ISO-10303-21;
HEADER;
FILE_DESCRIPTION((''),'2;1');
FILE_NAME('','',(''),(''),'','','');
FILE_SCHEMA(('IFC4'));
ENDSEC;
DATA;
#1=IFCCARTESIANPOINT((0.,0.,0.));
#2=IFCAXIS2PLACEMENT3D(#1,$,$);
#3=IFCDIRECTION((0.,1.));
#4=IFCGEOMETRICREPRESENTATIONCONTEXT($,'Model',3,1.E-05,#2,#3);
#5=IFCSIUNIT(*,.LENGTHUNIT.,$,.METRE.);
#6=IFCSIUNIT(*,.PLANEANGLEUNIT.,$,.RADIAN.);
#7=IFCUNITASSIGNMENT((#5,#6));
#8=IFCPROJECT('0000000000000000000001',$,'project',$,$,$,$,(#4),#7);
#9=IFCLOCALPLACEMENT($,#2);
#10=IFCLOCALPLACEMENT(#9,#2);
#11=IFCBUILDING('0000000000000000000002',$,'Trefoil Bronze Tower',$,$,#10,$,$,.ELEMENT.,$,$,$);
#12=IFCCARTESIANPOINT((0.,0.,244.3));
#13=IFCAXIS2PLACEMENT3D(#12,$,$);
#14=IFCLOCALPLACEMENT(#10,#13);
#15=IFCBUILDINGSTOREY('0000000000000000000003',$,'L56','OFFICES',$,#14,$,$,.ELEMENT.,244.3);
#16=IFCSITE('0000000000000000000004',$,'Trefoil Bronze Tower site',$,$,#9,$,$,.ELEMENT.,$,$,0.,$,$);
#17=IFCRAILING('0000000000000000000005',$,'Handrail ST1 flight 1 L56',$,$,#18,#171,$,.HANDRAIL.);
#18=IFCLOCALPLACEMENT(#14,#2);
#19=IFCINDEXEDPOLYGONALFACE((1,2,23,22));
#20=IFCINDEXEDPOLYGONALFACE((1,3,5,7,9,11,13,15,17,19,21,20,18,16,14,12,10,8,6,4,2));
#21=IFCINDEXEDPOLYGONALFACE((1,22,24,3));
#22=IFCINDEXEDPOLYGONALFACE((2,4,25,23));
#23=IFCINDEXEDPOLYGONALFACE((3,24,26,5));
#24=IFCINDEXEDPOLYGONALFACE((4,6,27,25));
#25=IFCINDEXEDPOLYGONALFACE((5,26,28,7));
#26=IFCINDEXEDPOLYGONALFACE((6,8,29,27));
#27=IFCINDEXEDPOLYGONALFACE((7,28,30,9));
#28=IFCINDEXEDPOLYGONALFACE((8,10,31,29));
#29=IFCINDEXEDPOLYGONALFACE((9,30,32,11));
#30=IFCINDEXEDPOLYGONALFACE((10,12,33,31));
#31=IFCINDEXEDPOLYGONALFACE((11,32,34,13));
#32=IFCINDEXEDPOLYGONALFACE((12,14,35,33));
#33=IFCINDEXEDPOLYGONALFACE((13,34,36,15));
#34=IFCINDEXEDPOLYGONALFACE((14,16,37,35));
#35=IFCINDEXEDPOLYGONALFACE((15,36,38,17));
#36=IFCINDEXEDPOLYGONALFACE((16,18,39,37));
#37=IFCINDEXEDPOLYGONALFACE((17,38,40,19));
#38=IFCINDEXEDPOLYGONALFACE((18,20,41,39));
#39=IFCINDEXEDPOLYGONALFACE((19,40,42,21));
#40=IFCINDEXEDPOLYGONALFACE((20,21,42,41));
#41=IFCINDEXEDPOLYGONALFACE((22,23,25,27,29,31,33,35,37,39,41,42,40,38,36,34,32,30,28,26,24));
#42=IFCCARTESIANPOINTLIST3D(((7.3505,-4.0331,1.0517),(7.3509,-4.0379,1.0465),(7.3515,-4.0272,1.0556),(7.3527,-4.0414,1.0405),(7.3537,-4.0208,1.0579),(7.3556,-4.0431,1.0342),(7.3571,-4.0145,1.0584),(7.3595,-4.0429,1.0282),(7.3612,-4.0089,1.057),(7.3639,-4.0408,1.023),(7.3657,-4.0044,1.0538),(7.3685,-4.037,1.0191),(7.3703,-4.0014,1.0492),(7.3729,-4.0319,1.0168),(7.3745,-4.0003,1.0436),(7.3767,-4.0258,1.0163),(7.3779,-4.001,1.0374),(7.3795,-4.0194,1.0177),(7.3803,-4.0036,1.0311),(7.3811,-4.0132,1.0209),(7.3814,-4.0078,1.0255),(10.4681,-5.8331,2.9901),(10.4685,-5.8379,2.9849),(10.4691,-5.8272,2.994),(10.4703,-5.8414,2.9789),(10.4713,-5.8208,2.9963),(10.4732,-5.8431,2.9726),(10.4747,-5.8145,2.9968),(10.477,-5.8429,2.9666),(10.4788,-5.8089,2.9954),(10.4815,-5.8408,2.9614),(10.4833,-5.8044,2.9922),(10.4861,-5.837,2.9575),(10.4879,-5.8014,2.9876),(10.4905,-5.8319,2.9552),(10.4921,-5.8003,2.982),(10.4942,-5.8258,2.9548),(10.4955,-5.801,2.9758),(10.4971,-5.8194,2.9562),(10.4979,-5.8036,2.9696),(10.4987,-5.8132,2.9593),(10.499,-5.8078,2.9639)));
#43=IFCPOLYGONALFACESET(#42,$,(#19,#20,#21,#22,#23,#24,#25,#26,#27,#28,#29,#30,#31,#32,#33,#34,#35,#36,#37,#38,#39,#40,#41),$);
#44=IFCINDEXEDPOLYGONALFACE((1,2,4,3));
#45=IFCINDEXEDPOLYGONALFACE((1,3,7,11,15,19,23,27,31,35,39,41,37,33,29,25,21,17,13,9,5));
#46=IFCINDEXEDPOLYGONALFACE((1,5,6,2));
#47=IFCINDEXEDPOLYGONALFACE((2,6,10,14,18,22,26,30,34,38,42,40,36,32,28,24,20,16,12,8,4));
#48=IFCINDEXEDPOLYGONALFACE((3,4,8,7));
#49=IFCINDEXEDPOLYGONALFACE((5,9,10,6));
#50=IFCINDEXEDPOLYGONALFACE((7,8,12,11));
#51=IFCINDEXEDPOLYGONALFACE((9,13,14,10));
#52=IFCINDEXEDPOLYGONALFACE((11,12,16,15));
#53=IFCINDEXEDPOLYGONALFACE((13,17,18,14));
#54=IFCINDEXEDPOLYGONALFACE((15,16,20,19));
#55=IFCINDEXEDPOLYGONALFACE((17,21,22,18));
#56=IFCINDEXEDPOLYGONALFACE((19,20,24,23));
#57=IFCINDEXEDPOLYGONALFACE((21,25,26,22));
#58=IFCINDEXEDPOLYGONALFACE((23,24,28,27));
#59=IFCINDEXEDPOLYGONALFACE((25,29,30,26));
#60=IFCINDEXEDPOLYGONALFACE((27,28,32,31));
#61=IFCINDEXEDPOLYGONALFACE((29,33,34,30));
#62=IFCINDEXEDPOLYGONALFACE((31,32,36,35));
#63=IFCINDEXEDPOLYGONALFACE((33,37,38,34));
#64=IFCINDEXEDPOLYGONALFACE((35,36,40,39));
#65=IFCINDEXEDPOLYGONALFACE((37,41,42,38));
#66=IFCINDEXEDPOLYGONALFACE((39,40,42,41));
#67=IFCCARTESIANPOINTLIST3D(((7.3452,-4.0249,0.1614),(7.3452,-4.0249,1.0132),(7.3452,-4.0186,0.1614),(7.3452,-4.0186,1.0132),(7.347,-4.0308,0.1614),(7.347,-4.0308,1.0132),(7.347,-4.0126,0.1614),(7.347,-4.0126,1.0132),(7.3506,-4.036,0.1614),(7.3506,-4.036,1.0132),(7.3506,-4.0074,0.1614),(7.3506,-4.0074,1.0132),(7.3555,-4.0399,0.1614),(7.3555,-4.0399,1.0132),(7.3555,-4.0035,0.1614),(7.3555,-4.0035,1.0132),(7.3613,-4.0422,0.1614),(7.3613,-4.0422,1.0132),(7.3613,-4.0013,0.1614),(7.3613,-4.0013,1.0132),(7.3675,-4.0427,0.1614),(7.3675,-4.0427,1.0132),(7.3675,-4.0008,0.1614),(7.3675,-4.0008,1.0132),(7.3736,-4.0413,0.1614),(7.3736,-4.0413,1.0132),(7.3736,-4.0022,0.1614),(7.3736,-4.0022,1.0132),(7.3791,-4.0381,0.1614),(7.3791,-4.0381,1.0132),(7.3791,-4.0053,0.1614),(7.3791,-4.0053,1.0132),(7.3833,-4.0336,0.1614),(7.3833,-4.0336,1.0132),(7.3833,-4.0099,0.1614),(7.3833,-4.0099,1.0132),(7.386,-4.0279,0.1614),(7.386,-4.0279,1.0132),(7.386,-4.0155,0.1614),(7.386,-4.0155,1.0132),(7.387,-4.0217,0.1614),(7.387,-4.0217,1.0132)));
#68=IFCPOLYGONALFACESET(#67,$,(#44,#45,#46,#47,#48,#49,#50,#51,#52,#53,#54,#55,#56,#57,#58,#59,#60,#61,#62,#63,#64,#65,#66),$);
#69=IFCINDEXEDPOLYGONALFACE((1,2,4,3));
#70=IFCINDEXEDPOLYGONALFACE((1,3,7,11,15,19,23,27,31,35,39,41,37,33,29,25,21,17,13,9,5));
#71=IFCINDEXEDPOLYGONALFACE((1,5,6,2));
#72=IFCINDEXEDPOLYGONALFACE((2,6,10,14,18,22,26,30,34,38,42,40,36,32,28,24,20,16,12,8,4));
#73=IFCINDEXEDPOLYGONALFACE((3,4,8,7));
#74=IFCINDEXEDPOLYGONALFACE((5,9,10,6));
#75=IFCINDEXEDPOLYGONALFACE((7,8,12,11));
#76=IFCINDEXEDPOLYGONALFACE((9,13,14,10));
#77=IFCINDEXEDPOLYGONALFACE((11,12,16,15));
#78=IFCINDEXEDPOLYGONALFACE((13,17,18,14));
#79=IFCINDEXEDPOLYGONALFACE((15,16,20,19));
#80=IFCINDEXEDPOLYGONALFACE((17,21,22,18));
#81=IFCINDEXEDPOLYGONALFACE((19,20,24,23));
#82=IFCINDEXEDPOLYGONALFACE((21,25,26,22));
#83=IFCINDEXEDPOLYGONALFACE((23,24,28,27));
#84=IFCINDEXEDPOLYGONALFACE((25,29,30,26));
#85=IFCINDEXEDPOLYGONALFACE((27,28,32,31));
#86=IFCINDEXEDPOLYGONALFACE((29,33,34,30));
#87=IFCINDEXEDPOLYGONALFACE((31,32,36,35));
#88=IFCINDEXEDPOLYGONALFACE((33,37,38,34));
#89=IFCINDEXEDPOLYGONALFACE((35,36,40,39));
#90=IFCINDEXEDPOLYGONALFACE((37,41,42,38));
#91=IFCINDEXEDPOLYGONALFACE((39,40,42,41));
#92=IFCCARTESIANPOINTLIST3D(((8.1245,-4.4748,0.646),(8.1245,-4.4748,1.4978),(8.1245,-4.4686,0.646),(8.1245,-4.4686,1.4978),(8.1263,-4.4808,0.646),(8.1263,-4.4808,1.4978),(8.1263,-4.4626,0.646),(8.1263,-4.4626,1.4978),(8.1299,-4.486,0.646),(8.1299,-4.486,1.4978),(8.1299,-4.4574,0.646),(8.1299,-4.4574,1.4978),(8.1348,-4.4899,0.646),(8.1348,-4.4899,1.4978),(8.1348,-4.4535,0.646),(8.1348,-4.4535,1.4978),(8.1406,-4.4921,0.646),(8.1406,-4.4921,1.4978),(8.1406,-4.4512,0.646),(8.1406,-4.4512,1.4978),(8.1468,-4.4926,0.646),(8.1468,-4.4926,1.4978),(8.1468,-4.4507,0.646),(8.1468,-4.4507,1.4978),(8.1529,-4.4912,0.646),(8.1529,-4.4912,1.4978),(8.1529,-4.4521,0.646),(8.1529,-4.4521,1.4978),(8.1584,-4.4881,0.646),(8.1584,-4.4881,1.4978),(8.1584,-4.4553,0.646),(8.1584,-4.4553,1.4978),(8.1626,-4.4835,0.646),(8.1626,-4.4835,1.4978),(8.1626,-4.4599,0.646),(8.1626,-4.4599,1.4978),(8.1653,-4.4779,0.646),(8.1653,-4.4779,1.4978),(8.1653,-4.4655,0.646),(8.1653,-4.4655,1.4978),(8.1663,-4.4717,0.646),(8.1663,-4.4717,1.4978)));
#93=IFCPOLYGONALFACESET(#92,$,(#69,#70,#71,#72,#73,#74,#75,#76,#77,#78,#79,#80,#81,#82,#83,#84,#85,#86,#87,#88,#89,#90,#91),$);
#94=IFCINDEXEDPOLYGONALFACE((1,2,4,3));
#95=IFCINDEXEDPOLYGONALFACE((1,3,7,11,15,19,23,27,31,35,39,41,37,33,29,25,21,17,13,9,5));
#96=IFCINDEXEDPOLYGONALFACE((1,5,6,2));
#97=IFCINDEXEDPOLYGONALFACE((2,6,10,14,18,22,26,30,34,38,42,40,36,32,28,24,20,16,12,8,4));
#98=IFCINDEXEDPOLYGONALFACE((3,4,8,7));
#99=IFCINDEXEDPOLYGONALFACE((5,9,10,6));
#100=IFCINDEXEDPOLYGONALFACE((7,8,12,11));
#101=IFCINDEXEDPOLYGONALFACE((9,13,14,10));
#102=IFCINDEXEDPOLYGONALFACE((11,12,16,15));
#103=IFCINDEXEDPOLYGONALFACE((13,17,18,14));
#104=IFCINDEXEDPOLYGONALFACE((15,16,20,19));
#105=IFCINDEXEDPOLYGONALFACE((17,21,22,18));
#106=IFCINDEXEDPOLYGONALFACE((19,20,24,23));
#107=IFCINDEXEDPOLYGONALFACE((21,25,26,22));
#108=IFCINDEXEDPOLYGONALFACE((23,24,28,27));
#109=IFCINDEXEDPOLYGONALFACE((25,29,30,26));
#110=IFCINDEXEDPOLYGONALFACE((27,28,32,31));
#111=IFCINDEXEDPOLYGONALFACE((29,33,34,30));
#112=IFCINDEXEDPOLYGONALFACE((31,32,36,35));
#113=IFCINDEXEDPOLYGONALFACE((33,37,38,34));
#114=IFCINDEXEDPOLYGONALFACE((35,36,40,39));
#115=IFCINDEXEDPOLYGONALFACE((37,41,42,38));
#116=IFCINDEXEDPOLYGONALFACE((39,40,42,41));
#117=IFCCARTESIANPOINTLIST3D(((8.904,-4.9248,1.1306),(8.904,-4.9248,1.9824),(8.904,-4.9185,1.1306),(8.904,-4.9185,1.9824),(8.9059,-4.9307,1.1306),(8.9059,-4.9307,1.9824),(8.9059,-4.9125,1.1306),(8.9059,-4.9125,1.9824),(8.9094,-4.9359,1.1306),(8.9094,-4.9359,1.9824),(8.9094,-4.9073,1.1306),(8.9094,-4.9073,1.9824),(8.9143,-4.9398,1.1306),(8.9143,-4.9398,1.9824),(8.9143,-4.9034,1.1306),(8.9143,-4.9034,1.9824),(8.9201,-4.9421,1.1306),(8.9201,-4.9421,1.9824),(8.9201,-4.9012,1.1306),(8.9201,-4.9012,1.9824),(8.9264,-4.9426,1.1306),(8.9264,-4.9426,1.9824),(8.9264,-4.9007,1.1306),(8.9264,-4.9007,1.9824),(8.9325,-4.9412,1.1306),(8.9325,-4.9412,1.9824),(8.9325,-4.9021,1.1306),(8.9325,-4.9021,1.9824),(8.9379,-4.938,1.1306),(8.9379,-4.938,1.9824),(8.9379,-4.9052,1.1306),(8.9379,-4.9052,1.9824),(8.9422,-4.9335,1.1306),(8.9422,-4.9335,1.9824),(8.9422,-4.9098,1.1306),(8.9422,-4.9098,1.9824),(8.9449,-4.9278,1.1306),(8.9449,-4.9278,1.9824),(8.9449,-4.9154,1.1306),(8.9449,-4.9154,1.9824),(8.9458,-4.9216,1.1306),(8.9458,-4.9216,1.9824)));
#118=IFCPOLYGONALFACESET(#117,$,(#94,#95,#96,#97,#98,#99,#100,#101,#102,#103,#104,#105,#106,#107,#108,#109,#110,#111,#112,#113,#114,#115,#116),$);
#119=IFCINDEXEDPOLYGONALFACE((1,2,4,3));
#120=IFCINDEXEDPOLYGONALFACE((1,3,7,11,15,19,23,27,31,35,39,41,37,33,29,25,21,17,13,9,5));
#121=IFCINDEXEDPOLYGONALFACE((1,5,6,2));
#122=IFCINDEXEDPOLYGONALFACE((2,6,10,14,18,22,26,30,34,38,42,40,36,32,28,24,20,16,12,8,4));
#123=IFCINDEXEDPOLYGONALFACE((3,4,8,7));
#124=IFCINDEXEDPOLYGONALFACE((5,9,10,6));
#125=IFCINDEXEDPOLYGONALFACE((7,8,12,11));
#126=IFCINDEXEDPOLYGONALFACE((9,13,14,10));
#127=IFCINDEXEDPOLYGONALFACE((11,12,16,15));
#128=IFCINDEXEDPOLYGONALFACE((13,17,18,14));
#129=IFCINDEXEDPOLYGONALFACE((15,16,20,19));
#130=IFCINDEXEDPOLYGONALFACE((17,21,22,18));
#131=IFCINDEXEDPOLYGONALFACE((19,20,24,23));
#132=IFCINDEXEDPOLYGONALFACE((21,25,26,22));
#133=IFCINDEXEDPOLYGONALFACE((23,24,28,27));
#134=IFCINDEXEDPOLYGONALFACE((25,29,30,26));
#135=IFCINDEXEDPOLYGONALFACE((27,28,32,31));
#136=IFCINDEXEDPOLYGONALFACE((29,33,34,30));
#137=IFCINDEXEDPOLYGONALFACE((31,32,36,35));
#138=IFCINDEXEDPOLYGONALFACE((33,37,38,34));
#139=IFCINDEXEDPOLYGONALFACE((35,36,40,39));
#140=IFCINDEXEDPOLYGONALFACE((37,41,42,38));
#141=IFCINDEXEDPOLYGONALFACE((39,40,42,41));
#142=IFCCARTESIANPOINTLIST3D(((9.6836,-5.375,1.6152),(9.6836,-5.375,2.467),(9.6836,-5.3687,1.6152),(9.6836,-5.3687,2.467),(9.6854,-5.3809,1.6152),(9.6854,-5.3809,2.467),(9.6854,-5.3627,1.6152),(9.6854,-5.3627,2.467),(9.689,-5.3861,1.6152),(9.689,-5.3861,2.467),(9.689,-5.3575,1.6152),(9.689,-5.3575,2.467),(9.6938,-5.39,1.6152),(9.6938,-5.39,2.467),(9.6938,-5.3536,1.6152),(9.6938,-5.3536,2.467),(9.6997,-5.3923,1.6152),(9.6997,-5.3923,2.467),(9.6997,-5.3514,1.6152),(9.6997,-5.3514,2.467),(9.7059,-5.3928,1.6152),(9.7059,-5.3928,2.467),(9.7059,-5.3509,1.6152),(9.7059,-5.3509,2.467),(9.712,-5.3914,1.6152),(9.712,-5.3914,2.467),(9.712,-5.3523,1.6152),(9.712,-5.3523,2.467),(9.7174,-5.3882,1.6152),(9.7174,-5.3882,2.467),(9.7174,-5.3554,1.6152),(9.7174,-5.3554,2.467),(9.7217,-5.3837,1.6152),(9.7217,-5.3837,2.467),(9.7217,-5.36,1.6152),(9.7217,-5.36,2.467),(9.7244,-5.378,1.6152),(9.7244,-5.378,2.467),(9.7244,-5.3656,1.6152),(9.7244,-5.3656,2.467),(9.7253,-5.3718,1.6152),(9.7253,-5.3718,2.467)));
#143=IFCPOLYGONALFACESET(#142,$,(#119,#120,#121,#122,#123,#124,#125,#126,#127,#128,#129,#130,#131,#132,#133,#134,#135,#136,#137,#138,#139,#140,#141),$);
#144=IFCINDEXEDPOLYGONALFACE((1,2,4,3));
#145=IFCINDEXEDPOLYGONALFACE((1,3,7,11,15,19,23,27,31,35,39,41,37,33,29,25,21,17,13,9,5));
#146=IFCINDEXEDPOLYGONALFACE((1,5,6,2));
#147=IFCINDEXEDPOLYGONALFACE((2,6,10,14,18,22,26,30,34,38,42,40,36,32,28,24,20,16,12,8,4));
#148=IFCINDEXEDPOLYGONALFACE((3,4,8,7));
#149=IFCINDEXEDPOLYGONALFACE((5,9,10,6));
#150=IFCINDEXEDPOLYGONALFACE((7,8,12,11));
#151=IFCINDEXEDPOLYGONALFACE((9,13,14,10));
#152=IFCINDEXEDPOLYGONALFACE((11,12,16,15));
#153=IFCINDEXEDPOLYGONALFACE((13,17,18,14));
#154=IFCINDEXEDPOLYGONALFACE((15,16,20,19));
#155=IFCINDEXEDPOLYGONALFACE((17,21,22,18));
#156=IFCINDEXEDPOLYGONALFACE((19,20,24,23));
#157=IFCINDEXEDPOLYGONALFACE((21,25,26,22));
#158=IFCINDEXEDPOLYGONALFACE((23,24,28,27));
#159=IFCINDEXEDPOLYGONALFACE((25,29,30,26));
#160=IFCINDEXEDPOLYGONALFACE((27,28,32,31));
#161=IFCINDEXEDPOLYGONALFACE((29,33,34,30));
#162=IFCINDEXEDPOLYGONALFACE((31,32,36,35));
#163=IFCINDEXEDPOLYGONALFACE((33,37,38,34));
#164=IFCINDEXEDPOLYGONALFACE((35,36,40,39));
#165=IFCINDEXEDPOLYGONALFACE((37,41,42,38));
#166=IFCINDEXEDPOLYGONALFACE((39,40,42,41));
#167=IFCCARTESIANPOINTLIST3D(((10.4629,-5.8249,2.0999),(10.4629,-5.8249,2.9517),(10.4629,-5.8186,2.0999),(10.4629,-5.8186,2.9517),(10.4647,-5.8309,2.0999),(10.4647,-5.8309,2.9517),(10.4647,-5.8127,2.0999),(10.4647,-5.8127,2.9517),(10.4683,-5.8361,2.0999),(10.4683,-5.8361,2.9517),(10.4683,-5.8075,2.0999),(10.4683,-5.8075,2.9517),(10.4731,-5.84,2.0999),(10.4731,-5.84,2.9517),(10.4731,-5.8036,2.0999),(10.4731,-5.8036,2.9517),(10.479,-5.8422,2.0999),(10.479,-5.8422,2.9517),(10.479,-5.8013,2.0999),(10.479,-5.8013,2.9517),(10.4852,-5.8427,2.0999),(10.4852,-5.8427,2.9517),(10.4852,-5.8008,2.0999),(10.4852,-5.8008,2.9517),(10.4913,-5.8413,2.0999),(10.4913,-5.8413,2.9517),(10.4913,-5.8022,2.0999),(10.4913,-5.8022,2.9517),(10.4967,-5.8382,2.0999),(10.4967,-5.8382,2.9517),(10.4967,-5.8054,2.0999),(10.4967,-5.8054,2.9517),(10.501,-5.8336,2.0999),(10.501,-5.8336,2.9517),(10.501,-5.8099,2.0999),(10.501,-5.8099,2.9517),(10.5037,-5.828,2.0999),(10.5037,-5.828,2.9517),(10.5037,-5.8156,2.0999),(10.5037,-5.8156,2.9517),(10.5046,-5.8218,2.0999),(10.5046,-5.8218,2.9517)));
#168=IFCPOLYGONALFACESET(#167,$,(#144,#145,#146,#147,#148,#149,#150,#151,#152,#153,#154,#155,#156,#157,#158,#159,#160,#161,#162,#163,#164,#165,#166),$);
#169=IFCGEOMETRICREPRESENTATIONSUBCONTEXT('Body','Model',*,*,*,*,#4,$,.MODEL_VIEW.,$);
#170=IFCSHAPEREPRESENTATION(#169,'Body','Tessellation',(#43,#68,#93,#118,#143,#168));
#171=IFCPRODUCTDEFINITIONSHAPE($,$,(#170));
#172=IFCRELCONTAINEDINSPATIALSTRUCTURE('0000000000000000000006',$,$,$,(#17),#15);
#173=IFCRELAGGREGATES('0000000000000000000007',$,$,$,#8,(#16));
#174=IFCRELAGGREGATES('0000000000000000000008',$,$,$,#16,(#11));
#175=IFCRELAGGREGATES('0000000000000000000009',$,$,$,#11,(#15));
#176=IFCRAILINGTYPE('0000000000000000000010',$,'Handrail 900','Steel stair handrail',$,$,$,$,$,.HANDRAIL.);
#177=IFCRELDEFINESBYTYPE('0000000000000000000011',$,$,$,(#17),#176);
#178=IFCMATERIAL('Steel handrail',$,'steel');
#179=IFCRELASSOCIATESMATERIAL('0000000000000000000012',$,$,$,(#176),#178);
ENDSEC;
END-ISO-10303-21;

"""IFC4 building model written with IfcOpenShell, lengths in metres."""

from ifc_helpers import new_model, si_unit, direction, frame, origin, origin_2d, place, context, subcontext, project, spatial, circle, extrude, material, type_object, element, save


model = new_model("IFC4")

# Units and contexts
model_context = context("Model", 3, precision=1e-05, world=origin(), true_north=direction((0.0, 1.0)))
body_context = subcontext(model_context, "Body", "Model", "MODEL_VIEW")
ifc_project = project(units=[si_unit("LENGTHUNIT", "METRE"), si_unit("PLANEANGLEUNIT", "RADIAN")], contexts=[model_context])

# Site, building, storey
site_placement = place(None, origin())
site = spatial("IfcSite", under=ifc_project, at=site_placement, Name="Trefoil Bronze Tower site", CompositionType="ELEMENT", RefElevation=0.0)
building_placement = place(site_placement, origin())
building = spatial("IfcBuilding", under=site, at=building_placement, Name="Trefoil Bronze Tower", CompositionType="ELEMENT")
storey_placement = place(building_placement, frame((0.0, 0.0, 244.3)))
storey = spatial("IfcBuildingStorey", under=building, at=storey_placement, Name="L56", Description="OFFICES", CompositionType="ELEMENT", Elevation=244.3)

# Railing
ifc_material_1 = material(Name="Steel handrail", Category="steel")
railing_type = type_object("IfcRailingType", Name="Handrail 900", Description="Steel stair handrail", PredefinedType="HANDRAIL", material=ifc_material_1)
railing_1_placement = place(storey_placement, frame((7.366, -4.0217, 0.1614)))
element("IfcRailing", 1, at=railing_1_placement, inside=storey, type_object=railing_type, Name="Handrail ST1 flight 1 L56", PredefinedType="HANDRAIL", context=body_context, shape_type="SweptSolid", body=[
    extrude(circle(Radius=0.0239, at=origin_2d()), frame((0.0, 0.0, 0.876), z_axis=(0.762503, -0.440246, 0.474102), x_axis=(0.500012, 0.866018, 0.0)), (0.0, 0.0, 1.0), 4.0886),
    extrude(circle(Radius=0.021, at=origin_2d()), origin(), (0.0, 0.0, 1.0), 0.8518),
    extrude(circle(Radius=0.021, at=origin_2d()), frame((0.7793, -0.45, 0.4846)), (0.0, 0.0, 1.0), 0.8518),
    extrude(circle(Radius=0.021, at=origin_2d()), frame((1.5588, -0.8999, 0.9692)), (0.0, 0.0, 1.0), 0.8518),
    extrude(circle(Radius=0.021, at=origin_2d()), frame((2.3384, -1.3501, 1.4539)), (0.0, 0.0, 1.0), 0.8518),
    extrude(circle(Radius=0.021, at=origin_2d()), frame((3.1177, -1.8, 1.9385)), (0.0, 0.0, 1.0), 0.8518),
])

save(model, "model.ifc")
